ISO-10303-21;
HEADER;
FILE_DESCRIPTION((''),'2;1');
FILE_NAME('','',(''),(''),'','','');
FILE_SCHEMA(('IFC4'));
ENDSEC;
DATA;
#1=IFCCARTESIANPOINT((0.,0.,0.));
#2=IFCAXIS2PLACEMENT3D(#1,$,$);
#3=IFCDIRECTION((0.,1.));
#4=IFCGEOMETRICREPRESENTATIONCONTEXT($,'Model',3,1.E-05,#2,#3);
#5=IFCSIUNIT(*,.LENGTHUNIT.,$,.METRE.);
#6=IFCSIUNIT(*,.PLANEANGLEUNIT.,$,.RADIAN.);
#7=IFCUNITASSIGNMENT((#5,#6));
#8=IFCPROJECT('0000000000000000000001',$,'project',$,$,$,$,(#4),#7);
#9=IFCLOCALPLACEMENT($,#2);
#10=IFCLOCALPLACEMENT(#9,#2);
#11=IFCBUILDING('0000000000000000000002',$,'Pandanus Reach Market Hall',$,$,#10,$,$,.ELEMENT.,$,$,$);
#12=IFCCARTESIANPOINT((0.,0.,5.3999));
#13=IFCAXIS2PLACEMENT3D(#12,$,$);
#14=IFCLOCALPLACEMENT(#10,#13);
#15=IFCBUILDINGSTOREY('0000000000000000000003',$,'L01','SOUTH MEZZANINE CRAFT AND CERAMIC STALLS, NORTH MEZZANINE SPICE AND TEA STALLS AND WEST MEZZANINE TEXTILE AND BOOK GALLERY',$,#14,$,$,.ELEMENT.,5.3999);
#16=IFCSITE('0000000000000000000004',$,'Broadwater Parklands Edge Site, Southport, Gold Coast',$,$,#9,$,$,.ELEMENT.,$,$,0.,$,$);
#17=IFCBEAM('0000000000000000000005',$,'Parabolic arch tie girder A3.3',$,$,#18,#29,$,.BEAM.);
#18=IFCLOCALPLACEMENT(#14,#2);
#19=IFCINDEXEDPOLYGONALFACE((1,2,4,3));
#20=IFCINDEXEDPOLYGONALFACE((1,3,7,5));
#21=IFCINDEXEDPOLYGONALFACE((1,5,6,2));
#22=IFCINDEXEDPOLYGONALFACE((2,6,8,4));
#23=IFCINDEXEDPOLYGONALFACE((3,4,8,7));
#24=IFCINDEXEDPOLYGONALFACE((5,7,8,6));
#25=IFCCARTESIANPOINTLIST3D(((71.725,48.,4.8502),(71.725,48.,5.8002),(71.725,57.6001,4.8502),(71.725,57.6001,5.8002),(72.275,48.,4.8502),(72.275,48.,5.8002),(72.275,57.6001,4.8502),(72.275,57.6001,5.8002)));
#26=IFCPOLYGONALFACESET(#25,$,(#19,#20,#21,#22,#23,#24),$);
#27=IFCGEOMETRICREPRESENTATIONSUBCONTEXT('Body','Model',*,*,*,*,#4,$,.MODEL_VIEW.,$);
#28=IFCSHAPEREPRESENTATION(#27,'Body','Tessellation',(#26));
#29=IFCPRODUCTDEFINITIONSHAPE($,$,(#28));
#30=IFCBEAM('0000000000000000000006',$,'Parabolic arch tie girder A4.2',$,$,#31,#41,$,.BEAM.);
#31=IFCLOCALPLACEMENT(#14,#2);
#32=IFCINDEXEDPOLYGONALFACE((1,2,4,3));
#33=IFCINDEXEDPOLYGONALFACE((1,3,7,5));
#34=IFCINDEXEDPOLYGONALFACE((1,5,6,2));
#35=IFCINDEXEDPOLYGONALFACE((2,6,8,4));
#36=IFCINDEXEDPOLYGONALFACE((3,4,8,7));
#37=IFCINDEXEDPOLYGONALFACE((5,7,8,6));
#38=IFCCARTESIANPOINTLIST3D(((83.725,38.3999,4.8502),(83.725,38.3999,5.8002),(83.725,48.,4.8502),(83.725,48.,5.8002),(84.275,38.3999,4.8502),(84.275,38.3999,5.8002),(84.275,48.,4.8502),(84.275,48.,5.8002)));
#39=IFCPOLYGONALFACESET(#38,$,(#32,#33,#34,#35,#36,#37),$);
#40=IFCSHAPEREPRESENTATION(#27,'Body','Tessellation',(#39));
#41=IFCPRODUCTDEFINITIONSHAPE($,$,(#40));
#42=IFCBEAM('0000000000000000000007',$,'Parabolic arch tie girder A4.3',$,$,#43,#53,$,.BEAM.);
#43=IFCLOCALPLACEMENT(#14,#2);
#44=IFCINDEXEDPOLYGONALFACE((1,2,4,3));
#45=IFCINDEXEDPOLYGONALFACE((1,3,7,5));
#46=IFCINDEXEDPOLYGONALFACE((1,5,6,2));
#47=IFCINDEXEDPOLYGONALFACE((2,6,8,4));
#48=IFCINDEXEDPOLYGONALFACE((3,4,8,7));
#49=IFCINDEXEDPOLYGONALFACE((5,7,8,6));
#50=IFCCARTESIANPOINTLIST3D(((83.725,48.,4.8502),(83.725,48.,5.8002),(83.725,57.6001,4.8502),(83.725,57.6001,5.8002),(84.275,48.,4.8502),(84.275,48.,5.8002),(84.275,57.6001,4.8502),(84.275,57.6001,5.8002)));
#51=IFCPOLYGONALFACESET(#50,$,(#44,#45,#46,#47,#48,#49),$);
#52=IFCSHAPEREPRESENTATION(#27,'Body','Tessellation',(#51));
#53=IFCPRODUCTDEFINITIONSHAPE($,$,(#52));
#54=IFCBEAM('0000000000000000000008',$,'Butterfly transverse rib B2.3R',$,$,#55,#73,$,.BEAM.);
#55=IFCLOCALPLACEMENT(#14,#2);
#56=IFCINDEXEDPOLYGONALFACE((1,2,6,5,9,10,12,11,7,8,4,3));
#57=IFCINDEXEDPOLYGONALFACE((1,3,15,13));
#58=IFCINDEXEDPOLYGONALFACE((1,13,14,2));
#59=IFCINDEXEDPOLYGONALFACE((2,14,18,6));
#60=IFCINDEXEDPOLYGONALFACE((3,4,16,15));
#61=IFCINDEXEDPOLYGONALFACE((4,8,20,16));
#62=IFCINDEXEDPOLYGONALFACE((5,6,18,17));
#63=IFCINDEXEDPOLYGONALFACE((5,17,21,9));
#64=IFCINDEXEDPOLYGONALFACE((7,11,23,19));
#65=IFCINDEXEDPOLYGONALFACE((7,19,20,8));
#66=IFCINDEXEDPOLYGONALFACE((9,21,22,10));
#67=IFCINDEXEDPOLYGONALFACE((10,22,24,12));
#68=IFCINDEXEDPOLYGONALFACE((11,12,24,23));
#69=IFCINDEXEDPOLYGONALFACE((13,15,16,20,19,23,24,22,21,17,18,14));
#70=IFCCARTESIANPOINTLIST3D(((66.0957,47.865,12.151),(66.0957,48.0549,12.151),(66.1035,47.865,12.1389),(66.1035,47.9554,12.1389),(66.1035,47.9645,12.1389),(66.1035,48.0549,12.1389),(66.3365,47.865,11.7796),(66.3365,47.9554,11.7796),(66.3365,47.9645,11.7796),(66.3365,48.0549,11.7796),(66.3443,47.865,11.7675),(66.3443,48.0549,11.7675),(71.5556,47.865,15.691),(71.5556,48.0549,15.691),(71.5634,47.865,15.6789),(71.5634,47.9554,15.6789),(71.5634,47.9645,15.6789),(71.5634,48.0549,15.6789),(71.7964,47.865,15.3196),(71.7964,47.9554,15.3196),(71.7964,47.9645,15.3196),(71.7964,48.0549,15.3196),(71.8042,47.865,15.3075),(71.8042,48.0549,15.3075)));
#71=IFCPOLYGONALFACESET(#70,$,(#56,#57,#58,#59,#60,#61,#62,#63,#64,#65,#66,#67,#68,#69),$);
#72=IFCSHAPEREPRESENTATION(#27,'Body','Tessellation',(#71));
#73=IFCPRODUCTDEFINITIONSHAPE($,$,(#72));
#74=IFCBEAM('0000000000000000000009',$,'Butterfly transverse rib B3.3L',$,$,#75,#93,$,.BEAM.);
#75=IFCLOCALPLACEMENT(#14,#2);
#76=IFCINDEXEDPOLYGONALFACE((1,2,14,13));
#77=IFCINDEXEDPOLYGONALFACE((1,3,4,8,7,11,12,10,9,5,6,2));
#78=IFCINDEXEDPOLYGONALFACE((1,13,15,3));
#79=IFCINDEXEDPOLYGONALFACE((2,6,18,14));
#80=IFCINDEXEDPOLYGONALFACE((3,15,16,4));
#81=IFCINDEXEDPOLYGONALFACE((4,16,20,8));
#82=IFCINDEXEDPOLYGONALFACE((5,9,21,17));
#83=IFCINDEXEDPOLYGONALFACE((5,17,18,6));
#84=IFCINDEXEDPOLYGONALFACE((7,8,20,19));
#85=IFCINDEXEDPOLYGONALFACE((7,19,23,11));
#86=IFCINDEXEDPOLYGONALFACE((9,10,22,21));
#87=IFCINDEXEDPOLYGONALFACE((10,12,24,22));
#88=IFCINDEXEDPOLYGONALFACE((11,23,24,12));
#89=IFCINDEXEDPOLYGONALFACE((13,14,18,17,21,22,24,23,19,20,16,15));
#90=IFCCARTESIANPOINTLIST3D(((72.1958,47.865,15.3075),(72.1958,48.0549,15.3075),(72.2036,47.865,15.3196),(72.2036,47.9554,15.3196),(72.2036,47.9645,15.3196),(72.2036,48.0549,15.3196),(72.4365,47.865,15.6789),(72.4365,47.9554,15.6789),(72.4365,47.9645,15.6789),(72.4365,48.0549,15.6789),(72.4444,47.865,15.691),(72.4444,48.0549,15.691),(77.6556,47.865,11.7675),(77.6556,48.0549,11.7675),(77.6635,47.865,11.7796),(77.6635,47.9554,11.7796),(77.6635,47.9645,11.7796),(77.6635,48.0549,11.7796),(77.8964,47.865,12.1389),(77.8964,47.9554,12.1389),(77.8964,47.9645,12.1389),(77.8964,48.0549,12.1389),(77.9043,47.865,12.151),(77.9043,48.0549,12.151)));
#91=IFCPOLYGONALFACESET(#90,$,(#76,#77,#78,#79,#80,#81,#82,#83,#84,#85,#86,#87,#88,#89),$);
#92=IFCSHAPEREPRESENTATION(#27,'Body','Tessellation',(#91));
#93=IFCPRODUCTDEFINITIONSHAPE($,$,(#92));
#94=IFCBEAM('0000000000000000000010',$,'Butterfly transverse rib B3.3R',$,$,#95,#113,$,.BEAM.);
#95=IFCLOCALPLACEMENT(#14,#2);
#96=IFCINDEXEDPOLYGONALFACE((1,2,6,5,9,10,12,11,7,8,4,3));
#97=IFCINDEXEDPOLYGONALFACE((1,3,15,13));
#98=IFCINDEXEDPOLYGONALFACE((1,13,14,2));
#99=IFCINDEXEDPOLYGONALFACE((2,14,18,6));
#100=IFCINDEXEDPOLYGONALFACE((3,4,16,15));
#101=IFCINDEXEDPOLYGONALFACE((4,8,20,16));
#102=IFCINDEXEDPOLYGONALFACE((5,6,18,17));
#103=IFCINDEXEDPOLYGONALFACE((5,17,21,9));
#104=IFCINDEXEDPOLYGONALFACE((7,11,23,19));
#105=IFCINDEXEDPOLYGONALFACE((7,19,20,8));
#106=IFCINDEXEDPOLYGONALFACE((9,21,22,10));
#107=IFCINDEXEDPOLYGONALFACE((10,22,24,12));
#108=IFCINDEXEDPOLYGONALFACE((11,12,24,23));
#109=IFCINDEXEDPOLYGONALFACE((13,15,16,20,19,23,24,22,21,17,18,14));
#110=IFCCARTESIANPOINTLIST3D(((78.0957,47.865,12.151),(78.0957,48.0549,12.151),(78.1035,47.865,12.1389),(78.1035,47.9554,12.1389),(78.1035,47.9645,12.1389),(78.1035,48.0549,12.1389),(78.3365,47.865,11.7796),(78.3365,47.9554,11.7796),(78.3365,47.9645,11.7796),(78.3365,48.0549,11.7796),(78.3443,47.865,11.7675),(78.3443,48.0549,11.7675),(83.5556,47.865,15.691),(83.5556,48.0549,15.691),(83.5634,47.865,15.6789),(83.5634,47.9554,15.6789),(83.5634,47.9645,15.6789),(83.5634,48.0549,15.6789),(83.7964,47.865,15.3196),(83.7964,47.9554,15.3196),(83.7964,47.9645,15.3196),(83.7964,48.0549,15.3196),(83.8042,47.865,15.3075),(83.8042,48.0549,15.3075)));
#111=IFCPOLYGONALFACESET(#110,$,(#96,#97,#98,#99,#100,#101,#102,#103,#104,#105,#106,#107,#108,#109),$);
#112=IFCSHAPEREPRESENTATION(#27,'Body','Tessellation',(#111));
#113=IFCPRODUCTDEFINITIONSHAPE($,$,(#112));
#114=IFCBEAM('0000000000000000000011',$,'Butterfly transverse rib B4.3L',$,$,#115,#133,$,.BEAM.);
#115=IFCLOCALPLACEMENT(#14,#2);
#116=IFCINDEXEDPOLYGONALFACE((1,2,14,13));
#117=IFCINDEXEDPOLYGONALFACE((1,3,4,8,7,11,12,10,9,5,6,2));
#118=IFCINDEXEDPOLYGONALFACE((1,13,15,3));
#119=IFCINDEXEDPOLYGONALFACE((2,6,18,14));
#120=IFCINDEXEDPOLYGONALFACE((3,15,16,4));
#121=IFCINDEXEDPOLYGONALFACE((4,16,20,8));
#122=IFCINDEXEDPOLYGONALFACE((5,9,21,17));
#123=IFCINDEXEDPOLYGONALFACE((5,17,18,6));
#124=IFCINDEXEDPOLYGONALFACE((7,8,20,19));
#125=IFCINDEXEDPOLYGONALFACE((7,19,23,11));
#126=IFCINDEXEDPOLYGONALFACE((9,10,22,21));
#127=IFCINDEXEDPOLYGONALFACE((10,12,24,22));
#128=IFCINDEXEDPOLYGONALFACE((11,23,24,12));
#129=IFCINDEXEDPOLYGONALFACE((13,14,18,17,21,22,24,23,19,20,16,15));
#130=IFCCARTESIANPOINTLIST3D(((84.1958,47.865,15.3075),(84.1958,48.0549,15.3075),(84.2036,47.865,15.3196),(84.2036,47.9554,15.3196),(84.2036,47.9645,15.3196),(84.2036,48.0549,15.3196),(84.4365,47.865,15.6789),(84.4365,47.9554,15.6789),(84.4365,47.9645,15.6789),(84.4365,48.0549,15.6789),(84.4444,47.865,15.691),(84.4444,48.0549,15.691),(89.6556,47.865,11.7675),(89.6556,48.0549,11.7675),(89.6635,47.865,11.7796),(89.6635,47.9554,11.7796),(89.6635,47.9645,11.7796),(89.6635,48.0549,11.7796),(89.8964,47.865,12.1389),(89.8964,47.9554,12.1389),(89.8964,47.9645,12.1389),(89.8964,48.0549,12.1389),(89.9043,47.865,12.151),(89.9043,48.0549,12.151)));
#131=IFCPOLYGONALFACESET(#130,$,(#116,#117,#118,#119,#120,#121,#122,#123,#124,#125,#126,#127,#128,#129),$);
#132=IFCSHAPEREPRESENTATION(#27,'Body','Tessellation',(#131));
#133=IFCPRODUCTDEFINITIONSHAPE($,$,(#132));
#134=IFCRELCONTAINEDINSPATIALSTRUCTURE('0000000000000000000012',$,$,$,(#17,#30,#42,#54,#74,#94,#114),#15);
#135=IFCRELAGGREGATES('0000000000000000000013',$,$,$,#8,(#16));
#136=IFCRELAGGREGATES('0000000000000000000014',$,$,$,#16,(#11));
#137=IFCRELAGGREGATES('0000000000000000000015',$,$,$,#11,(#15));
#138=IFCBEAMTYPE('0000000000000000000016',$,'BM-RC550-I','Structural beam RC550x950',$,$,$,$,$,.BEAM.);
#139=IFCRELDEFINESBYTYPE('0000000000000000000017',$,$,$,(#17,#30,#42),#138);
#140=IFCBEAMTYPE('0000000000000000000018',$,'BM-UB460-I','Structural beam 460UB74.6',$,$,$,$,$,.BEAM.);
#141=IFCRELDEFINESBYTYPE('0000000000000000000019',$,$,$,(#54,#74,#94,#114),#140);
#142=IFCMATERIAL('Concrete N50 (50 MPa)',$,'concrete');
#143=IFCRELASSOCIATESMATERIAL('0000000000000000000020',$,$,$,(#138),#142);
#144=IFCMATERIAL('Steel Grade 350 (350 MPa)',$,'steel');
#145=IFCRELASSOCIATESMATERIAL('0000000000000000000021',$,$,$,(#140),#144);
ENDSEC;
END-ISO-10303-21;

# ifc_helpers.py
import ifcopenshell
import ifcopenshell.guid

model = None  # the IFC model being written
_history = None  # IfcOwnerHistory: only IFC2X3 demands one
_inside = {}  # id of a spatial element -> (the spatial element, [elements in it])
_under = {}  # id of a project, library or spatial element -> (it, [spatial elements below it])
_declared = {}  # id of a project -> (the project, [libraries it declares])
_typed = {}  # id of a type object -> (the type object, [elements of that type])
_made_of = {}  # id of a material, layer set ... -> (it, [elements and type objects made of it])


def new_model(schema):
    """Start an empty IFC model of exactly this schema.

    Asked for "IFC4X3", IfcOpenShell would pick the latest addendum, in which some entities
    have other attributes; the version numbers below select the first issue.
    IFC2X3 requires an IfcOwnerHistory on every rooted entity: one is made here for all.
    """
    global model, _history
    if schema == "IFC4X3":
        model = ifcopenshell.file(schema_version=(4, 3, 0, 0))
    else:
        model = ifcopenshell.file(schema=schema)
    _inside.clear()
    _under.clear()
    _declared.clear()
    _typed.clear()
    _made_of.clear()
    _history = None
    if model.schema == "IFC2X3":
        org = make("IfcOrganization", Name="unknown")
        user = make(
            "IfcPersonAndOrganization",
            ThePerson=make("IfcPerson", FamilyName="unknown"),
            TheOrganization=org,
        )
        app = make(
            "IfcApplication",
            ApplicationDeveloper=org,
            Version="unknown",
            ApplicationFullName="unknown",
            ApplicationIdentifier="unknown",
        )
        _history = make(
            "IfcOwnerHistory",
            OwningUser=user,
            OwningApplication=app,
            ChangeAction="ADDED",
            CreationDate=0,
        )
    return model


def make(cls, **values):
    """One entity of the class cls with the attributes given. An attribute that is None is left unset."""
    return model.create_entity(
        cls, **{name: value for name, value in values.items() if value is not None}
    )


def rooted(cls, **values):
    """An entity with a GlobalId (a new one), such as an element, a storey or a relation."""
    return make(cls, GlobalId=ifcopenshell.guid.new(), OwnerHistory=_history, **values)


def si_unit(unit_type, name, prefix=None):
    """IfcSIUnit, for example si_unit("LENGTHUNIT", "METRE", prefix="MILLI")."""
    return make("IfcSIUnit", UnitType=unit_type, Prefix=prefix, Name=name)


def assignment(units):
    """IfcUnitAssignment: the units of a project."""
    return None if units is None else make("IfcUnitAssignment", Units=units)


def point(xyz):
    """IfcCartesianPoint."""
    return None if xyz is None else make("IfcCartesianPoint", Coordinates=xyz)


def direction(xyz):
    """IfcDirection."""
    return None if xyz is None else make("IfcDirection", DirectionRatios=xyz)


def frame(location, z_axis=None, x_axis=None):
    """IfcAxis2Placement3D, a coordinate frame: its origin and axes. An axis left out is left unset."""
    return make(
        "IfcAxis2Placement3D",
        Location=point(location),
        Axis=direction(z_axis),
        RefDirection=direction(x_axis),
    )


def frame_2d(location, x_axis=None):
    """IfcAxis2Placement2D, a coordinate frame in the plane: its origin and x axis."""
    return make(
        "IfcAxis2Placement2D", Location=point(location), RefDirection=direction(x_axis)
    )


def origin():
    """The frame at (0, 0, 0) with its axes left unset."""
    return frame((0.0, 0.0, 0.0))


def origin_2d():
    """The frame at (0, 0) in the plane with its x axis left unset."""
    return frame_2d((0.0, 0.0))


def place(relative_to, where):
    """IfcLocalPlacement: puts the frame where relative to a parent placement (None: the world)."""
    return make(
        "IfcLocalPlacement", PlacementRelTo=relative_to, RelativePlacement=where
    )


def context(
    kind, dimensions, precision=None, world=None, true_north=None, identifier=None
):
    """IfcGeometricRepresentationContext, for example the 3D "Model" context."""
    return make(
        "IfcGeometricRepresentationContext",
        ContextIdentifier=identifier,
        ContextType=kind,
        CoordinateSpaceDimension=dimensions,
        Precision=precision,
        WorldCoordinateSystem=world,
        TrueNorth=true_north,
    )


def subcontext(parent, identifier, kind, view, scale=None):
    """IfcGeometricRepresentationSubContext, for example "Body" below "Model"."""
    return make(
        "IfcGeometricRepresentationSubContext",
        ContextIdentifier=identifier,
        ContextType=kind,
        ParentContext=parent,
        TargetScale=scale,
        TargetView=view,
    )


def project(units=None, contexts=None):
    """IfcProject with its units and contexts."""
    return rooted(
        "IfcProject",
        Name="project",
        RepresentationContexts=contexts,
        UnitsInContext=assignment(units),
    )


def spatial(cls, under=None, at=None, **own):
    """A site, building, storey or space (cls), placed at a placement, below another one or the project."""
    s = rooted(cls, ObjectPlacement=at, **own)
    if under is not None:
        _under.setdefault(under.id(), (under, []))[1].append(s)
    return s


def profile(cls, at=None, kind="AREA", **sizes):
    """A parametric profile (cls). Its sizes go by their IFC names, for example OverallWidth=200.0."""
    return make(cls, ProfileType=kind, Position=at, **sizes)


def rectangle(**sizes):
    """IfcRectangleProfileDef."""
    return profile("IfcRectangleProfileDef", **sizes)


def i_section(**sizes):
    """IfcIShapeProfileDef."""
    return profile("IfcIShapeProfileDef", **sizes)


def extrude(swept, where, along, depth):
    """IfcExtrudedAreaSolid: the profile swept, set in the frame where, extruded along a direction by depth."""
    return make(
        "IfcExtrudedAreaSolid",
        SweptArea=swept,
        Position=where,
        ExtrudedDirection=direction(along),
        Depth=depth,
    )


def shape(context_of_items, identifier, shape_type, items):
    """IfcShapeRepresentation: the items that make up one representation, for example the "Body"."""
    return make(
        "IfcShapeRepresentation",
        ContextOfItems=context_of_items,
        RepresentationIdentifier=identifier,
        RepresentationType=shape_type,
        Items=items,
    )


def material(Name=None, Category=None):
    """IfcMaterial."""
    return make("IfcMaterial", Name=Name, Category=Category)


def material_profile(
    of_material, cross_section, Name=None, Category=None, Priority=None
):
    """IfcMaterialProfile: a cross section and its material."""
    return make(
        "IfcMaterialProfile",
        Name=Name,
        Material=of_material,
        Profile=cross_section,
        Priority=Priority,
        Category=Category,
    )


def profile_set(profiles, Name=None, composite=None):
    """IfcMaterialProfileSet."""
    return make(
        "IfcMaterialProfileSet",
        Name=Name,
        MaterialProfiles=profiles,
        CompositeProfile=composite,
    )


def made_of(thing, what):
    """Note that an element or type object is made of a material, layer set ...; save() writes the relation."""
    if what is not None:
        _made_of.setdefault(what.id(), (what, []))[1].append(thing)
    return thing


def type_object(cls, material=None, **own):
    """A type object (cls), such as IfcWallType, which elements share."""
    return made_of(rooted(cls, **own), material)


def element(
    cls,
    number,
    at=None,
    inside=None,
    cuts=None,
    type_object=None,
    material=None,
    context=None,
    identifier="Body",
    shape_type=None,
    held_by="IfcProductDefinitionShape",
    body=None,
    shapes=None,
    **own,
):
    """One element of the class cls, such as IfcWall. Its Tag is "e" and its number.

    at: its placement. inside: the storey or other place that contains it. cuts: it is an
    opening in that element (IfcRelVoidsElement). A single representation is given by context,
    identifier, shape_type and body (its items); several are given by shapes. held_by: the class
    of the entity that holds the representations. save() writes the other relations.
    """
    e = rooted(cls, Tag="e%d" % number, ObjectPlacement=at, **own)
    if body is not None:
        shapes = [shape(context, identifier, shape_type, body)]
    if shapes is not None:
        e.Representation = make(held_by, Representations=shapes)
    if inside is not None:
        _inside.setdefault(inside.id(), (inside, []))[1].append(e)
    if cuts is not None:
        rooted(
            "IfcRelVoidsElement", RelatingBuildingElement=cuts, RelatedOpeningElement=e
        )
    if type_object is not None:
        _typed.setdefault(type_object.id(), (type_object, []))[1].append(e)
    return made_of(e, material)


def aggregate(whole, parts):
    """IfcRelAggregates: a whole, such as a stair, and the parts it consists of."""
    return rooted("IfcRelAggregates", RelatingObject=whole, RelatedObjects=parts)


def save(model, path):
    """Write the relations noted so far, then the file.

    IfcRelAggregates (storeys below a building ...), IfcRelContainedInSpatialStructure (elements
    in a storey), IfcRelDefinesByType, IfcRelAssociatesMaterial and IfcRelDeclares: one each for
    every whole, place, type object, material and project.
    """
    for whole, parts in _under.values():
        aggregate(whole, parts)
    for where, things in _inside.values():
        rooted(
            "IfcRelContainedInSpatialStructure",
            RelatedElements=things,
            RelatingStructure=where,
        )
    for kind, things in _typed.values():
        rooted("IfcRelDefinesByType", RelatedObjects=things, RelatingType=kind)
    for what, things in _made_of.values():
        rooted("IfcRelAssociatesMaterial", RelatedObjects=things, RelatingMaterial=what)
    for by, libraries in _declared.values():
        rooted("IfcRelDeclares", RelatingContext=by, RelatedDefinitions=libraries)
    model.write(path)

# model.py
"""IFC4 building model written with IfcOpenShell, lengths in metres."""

from ifc_helpers import new_model, si_unit, direction, frame, origin, origin_2d, place, context, subcontext, project, spatial, rectangle, i_section, extrude, material, material_profile, profile_set, type_object, element, save


model = new_model("IFC4")

# Units and contexts
model_context = context("Model", 3, precision=1e-05, world=origin(), true_north=direction((0.0, 1.0)))
body_context = subcontext(model_context, "Body", "Model", "MODEL_VIEW")
ifc_project = project(units=[si_unit("LENGTHUNIT", "METRE"), si_unit("PLANEANGLEUNIT", "RADIAN")], contexts=[model_context])

# Site, building, storey
site_placement = place(None, origin())
site = spatial("IfcSite", under=ifc_project, at=site_placement, Name="Broadwater Parklands Edge Site, Southport, Gold Coast", CompositionType="ELEMENT", RefElevation=0.0)
building_placement = place(site_placement, origin())
building = spatial("IfcBuilding", under=site, at=building_placement, Name="Pandanus Reach Market Hall", CompositionType="ELEMENT")
storey_placement = place(building_placement, frame((0.0, 0.0, 5.3999)))
storey = spatial("IfcBuildingStorey", under=building, at=storey_placement, Name="L01", Description="SOUTH MEZZANINE CRAFT AND CERAMIC STALLS, NORTH MEZZANINE SPICE AND TEA STALLS AND WEST MEZZANINE TEXTILE AND BOOK GALLERY", CompositionType="ELEMENT", Elevation=5.3999)

# Shared definitions
ifc_material_1 = material(Name="Concrete N50 (50 MPa)", Category="concrete")

# Beams
ifc_material_profile_1 = material_profile(ifc_material_1, rectangle(XDim=0.55, YDim=0.95, at=origin_2d()), Name="RC550x950", Category="LoadBearing")
ifc_profile_set_1 = profile_set([ifc_material_profile_1], Name="Concrete N50 (50 MPa)")
beam_type_1 = type_object("IfcBeamType", Name="BM-RC550-I", Description="Structural beam RC550x950", PredefinedType="BEAM", material=ifc_profile_set_1)
for number, where, z_axis, x_axis, name in (
    (1, (72.0, 48.0, 5.3252), (0.0, 1.0, 0.0), (-1.0, 0.0, 0.0), "Parabolic arch tie girder A3.3"),
    (2, (84.0, 38.3999, 5.3252), (0.0, 1.0, 0.0), (-1.0, 0.0, 0.0), "Parabolic arch tie girder A4.2"),
    (3, (84.0, 48.0, 5.3252), (0.0, 1.0, 0.0), (-1.0, 0.0, 0.0), "Parabolic arch tie girder A4.3"),
):
    element("IfcBeam", number, at=place(storey_placement, frame(where, z_axis=z_axis, x_axis=x_axis)), inside=storey, type_object=beam_type_1, Name=name, PredefinedType="BEAM", context=body_context, shape_type="SweptSolid", body=[
        extrude(rectangle(XDim=0.55, YDim=0.95, at=origin_2d()), origin(), (0.0, 0.0, 1.0), 9.6001),
    ])
ifc_material_2 = material(Name="Steel Grade 350 (350 MPa)", Category="steel")
ifc_material_profile_2 = material_profile(ifc_material_2, i_section(OverallWidth=0.1899, OverallDepth=0.457, WebThickness=0.009, FlangeThickness=0.0144, at=origin_2d()), Name="460UB74.6", Category="LoadBearing")
ifc_profile_set_2 = profile_set([ifc_material_profile_2], Name="Steel Grade 350 (350 MPa)")
beam_type_2 = type_object("IfcBeamType", Name="BM-UB460-I", Description="Structural beam 460UB74.6", PredefinedType="BEAM", material=ifc_profile_set_2)
for number, where, z_axis, x_axis, name in (
    (4, (66.22, 47.96, 11.9592), (0.839071, 0.0, 0.544023), (0.0, 1.0, 0.0), "Butterfly transverse rib B2.3R"),
    (5, (72.3201, 47.96, 15.4993), (0.839071, 0.0, -0.544023), (0.0, 1.0, 0.0), "Butterfly transverse rib B3.3L"),
    (6, (78.22, 47.96, 11.9592), (0.839071, 0.0, 0.544023), (0.0, 1.0, 0.0), "Butterfly transverse rib B3.3R"),
    (7, (84.3201, 47.96, 15.4993), (0.839071, 0.0, -0.544023), (0.0, 1.0, 0.0), "Butterfly transverse rib B4.3L"),
):
    element("IfcBeam", number, at=place(storey_placement, frame(where, z_axis=z_axis, x_axis=x_axis)), inside=storey, type_object=beam_type_2, Name=name, PredefinedType="BEAM", context=body_context, shape_type="SweptSolid", body=[
        extrude(i_section(OverallWidth=0.1899, OverallDepth=0.457, WebThickness=0.009, FlangeThickness=0.0144, at=origin_2d()), origin(), (0.0, 0.0, 1.0), 6.5071),
    ])

save(model, "model.ifc")
